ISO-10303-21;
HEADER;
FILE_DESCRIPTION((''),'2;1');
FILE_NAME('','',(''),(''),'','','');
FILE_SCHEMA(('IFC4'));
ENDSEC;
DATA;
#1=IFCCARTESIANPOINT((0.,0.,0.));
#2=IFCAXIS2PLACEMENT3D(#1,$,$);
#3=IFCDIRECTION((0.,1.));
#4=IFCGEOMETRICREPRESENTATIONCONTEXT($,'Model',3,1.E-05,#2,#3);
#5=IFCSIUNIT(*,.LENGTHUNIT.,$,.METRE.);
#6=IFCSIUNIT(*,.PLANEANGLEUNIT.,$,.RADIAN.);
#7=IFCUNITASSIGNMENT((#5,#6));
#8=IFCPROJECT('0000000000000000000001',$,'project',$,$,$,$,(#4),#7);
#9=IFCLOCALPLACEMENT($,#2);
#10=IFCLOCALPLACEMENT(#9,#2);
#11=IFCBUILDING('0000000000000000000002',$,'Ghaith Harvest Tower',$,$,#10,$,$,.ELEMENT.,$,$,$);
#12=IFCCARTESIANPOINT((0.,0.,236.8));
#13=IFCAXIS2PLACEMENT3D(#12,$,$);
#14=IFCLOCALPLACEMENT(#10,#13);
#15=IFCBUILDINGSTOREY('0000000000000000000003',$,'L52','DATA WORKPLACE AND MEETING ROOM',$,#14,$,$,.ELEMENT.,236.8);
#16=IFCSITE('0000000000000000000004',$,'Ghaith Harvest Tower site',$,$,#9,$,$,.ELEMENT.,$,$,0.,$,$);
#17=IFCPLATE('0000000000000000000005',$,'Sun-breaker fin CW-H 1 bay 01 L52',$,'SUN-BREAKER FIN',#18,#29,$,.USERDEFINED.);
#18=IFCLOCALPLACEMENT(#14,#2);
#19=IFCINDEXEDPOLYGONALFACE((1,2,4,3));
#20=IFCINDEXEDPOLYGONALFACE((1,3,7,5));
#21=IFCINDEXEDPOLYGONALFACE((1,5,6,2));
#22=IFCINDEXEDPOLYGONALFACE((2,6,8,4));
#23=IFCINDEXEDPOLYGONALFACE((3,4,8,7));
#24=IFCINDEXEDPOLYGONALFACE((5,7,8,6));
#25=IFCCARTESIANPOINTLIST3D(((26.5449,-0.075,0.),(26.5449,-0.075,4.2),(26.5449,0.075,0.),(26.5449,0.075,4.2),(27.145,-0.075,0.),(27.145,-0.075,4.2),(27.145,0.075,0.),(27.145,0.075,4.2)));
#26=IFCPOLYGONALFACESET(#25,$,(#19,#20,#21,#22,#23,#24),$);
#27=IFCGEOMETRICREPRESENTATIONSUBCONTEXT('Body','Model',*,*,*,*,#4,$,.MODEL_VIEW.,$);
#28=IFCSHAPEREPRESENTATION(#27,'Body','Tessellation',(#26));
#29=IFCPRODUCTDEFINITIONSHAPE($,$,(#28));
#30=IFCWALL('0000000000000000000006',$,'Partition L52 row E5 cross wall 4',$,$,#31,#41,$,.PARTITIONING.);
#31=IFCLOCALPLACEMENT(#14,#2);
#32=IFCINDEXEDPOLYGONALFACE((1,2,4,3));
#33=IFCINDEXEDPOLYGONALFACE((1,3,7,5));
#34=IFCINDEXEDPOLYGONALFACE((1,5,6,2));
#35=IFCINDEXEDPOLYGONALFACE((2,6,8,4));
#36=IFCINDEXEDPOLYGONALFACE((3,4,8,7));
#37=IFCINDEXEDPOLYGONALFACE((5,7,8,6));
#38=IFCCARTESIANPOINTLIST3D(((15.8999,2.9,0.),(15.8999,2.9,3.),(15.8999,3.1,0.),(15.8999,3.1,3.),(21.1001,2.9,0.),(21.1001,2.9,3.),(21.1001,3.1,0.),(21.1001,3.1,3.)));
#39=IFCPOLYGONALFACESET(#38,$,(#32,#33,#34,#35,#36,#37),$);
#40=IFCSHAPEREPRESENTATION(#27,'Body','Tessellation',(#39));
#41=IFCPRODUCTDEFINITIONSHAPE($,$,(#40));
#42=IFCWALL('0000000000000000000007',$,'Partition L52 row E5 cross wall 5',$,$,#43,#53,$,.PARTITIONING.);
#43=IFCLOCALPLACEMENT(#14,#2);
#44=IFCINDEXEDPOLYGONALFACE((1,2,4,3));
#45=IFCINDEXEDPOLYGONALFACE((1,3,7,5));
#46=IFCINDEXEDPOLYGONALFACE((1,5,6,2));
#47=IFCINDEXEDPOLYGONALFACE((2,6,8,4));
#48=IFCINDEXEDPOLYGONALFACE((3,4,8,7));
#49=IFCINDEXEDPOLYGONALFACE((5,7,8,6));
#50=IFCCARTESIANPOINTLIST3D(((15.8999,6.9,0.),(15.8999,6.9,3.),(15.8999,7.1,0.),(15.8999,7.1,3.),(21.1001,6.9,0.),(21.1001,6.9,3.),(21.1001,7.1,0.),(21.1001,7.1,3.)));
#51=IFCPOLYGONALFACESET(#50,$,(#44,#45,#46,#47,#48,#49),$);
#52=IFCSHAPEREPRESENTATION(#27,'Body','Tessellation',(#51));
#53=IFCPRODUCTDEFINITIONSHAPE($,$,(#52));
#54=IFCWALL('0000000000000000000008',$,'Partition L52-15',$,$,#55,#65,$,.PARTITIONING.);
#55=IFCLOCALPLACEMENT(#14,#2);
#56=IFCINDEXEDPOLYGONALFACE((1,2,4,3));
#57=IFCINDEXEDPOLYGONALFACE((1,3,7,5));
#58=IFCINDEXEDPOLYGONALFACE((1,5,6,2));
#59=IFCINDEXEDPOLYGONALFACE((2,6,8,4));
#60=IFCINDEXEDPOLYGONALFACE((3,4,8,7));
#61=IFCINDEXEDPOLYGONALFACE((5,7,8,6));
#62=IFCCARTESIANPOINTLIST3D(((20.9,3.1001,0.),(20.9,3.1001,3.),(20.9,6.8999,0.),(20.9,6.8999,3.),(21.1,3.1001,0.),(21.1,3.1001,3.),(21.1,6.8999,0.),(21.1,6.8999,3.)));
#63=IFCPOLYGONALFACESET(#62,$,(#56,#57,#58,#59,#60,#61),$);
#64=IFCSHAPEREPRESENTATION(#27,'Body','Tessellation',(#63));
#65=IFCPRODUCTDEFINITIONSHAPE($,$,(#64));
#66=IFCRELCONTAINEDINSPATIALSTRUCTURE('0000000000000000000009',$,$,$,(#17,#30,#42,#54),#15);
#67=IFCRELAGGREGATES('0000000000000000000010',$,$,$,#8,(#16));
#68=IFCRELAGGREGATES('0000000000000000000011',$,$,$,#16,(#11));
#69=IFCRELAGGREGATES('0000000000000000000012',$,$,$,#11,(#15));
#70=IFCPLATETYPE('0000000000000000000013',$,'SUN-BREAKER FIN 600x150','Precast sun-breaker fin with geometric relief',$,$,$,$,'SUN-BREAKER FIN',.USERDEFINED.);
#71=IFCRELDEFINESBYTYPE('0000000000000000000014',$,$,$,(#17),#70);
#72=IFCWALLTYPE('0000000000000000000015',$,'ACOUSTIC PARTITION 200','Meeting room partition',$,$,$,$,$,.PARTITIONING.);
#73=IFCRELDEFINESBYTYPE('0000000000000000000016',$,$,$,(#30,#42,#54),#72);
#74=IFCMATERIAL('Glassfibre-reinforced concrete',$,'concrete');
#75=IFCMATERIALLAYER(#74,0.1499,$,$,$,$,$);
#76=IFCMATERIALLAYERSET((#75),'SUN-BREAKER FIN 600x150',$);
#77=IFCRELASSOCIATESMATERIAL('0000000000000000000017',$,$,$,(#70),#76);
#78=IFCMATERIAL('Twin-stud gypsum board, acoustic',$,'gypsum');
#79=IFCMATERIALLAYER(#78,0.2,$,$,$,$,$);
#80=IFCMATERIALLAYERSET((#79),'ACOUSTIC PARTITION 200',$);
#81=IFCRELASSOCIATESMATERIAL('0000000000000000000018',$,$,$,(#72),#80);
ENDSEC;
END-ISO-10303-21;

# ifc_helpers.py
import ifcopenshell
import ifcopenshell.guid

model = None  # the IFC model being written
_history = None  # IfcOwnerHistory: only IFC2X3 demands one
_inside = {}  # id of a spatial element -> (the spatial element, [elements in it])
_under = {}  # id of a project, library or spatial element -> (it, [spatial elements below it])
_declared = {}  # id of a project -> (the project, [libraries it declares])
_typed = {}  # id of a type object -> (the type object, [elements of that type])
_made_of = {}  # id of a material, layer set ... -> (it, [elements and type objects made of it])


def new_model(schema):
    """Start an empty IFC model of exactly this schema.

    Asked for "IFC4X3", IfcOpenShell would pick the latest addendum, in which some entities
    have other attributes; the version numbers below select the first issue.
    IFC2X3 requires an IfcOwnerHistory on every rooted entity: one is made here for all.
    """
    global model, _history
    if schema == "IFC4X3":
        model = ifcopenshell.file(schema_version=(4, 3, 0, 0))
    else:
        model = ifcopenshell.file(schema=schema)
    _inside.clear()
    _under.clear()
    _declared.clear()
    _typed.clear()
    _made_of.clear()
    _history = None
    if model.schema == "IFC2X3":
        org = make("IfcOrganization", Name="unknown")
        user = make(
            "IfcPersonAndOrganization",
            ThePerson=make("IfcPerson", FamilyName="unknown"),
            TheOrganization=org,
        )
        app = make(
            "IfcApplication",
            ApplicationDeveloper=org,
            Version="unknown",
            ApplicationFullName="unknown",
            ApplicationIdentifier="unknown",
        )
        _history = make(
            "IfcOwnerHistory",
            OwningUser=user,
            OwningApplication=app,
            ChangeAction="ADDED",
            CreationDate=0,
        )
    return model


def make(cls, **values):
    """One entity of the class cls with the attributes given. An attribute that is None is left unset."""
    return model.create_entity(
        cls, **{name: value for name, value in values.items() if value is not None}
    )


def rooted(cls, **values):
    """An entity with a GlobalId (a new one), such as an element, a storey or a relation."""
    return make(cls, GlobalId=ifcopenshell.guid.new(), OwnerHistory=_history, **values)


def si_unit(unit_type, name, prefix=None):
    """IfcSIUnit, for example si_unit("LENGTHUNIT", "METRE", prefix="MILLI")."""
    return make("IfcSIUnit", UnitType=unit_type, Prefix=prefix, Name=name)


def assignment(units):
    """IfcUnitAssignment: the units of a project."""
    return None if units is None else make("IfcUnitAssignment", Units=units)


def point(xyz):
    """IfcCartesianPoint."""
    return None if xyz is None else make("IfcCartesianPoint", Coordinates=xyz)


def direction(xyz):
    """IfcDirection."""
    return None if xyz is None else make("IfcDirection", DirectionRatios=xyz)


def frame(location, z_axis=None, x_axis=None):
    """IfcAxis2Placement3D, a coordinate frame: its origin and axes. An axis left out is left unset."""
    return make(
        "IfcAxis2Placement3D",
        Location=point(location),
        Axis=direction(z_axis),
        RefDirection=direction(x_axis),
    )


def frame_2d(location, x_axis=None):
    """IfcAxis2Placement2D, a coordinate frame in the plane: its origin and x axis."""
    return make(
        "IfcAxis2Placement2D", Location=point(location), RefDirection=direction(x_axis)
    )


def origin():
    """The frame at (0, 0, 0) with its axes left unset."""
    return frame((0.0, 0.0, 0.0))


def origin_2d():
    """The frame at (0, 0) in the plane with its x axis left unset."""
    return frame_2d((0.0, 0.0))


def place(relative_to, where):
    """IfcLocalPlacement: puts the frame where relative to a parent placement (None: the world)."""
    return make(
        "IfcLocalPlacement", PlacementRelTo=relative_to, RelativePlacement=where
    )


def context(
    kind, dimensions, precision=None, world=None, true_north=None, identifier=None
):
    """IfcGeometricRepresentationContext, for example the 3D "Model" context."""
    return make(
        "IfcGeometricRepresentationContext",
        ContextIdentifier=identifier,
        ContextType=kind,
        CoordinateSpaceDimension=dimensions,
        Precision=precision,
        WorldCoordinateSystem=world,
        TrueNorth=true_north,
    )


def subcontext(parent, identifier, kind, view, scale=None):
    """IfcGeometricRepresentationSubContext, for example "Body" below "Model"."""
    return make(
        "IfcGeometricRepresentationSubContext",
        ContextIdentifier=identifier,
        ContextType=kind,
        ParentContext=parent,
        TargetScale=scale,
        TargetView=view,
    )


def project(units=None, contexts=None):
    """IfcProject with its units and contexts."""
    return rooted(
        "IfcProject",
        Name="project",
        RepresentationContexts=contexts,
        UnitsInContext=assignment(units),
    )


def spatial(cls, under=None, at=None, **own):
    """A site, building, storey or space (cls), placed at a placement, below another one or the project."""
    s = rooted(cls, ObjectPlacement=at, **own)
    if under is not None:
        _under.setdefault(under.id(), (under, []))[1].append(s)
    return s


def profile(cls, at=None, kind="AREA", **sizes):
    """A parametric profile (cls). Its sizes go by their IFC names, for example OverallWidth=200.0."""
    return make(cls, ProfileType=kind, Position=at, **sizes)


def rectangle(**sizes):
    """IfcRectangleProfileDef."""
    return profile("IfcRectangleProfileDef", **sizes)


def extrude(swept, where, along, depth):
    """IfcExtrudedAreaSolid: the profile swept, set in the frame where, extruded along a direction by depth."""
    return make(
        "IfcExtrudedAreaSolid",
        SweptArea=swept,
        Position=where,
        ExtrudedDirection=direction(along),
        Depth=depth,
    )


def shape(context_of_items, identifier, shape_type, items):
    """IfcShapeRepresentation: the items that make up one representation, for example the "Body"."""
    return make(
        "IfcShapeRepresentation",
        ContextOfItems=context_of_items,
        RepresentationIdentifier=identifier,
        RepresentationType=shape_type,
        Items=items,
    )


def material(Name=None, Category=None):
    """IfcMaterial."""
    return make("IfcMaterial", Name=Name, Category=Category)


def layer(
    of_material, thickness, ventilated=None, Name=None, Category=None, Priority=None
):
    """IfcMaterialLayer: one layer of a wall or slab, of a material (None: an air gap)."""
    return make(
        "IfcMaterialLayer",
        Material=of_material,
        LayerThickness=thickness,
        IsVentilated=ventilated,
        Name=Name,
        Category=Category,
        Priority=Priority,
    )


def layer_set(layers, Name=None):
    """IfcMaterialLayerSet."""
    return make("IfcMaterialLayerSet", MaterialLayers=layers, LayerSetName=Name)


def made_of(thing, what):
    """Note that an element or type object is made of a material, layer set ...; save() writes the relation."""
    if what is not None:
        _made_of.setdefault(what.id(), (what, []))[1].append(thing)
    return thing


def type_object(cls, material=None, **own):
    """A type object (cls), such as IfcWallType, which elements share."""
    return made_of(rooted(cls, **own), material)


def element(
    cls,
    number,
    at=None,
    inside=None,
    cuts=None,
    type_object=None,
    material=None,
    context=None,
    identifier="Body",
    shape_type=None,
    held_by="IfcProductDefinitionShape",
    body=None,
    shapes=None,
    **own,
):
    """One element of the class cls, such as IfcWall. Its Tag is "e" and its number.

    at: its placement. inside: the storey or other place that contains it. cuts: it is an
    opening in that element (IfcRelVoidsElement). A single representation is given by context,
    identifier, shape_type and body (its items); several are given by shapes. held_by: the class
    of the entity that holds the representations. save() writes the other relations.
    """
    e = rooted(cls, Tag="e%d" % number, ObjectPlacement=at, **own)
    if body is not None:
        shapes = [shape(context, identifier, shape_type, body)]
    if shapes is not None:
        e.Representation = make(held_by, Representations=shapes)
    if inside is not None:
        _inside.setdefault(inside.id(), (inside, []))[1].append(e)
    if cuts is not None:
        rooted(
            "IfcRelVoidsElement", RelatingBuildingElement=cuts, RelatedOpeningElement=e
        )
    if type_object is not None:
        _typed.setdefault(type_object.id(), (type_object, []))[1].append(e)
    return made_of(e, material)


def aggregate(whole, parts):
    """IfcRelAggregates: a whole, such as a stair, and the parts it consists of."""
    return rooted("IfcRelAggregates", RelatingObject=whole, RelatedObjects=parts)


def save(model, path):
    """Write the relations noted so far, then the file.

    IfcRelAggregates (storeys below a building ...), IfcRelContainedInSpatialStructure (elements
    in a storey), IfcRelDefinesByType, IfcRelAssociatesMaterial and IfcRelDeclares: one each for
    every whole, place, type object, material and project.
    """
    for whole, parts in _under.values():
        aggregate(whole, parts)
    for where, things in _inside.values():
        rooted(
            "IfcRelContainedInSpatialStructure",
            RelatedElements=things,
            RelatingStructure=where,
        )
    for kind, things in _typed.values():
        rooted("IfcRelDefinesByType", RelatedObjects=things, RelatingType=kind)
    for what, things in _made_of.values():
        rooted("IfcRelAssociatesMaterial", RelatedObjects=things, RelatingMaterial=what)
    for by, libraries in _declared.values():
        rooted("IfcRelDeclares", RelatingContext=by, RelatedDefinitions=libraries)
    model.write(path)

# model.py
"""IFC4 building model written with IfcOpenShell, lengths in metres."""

from ifc_helpers import new_model, si_unit, direction, frame, frame_2d, origin, origin_2d, place, context, subcontext, project, spatial, rectangle, extrude, material, layer, layer_set, type_object, element, save


model = new_model("IFC4")

# Units and contexts
model_context = context("Model", 3, precision=1e-05, world=origin(), true_north=direction((0.0, 1.0)))
body_context = subcontext(model_context, "Body", "Model", "MODEL_VIEW")
ifc_project = project(units=[si_unit("LENGTHUNIT", "METRE"), si_unit("PLANEANGLEUNIT", "RADIAN")], contexts=[model_context])

# Site, building, storey
site_placement = place(None, origin())
site = spatial("IfcSite", under=ifc_project, at=site_placement, Name="Ghaith Harvest Tower site", CompositionType="ELEMENT", RefElevation=0.0)
building_placement = place(site_placement, origin())
building = spatial("IfcBuilding", under=site, at=building_placement, Name="Ghaith Harvest Tower", CompositionType="ELEMENT")
storey_placement = place(building_placement, frame((0.0, 0.0, 236.8)))
storey = spatial("IfcBuildingStorey", under=building, at=storey_placement, Name="L52", Description="DATA WORKPLACE AND MEETING ROOM", CompositionType="ELEMENT", Elevation=236.8)

# Plate
ifc_material_1 = material(Name="Glassfibre-reinforced concrete", Category="concrete")
ifc_layer_1 = layer(ifc_material_1, 0.1499)
ifc_layer_set_1 = layer_set([ifc_layer_1], Name="SUN-BREAKER FIN 600x150")
plate_type_1 = type_object("IfcPlateType", Name="SUN-BREAKER FIN 600x150", Description="Precast sun-breaker fin with geometric relief", ElementType="SUN-BREAKER FIN", PredefinedType="USERDEFINED", material=ifc_layer_set_1)
plate_1_placement = place(storey_placement, frame((26.845, 0.0, 0.0), z_axis=(0.0, 0.0, 1.0), x_axis=(1.0, 0.0, 0.0)))
element("IfcPlate", 1, at=plate_1_placement, inside=storey, type_object=plate_type_1, Name="Sun-breaker fin CW-H 1 bay 01 L52", ObjectType="SUN-BREAKER FIN", PredefinedType="USERDEFINED", context=body_context, shape_type="SweptSolid", body=[
    extrude(rectangle(XDim=0.6001, YDim=0.1499, at=origin_2d()), origin(), (0.0, 0.0, 1.0), 4.2),
])

# Walls
ifc_material_2 = material(Name="Twin-stud gypsum board, acoustic", Category="gypsum")
ifc_layer_2 = layer(ifc_material_2, 0.2)
ifc_layer_set_2 = layer_set([ifc_layer_2], Name="ACOUSTIC PARTITION 200")
wall_type = type_object("IfcWallType", Name="ACOUSTIC PARTITION 200", Description="Meeting room partition", PredefinedType="PARTITIONING", material=ifc_layer_set_2)
for number, where, z_axis, x_axis, name in (
    (2, (15.8999, 3.0, 0.0), (0.0, 0.0, 1.0), (1.0, 0.0, 0.0), "Partition L52 row E5 cross wall 4"),
    (3, (15.8999, 7.0, 0.0), (0.0, 0.0, 1.0), (1.0, 0.0, 0.0), "Partition L52 row E5 cross wall 5"),
):
    element("IfcWall", number, at=place(storey_placement, frame(where, z_axis=z_axis, x_axis=x_axis)), inside=storey, type_object=wall_type, Name=name, PredefinedType="PARTITIONING", context=body_context, shape_type="SweptSolid", body=[
        extrude(rectangle(XDim=5.2002, YDim=0.2, at=frame_2d((2.6001, 0.0))), origin(), (0.0, 0.0, 1.0), 3.0),
    ])

# Wall
wall_1_placement = place(storey_placement, frame((21.0, 3.1001, 0.0), z_axis=(0.0, 0.0, 1.0), x_axis=(0.0, 1.0, 0.0)))
element("IfcWall", 4, at=wall_1_placement, inside=storey, type_object=wall_type, Name="Partition L52-15", PredefinedType="PARTITIONING", context=body_context, shape_type="SweptSolid", body=[
    extrude(rectangle(XDim=3.7998, YDim=0.2, at=frame_2d((1.8999, 0.0))), origin(), (0.0, 0.0, 1.0), 3.0),
])

save(model, "model.ifc")
